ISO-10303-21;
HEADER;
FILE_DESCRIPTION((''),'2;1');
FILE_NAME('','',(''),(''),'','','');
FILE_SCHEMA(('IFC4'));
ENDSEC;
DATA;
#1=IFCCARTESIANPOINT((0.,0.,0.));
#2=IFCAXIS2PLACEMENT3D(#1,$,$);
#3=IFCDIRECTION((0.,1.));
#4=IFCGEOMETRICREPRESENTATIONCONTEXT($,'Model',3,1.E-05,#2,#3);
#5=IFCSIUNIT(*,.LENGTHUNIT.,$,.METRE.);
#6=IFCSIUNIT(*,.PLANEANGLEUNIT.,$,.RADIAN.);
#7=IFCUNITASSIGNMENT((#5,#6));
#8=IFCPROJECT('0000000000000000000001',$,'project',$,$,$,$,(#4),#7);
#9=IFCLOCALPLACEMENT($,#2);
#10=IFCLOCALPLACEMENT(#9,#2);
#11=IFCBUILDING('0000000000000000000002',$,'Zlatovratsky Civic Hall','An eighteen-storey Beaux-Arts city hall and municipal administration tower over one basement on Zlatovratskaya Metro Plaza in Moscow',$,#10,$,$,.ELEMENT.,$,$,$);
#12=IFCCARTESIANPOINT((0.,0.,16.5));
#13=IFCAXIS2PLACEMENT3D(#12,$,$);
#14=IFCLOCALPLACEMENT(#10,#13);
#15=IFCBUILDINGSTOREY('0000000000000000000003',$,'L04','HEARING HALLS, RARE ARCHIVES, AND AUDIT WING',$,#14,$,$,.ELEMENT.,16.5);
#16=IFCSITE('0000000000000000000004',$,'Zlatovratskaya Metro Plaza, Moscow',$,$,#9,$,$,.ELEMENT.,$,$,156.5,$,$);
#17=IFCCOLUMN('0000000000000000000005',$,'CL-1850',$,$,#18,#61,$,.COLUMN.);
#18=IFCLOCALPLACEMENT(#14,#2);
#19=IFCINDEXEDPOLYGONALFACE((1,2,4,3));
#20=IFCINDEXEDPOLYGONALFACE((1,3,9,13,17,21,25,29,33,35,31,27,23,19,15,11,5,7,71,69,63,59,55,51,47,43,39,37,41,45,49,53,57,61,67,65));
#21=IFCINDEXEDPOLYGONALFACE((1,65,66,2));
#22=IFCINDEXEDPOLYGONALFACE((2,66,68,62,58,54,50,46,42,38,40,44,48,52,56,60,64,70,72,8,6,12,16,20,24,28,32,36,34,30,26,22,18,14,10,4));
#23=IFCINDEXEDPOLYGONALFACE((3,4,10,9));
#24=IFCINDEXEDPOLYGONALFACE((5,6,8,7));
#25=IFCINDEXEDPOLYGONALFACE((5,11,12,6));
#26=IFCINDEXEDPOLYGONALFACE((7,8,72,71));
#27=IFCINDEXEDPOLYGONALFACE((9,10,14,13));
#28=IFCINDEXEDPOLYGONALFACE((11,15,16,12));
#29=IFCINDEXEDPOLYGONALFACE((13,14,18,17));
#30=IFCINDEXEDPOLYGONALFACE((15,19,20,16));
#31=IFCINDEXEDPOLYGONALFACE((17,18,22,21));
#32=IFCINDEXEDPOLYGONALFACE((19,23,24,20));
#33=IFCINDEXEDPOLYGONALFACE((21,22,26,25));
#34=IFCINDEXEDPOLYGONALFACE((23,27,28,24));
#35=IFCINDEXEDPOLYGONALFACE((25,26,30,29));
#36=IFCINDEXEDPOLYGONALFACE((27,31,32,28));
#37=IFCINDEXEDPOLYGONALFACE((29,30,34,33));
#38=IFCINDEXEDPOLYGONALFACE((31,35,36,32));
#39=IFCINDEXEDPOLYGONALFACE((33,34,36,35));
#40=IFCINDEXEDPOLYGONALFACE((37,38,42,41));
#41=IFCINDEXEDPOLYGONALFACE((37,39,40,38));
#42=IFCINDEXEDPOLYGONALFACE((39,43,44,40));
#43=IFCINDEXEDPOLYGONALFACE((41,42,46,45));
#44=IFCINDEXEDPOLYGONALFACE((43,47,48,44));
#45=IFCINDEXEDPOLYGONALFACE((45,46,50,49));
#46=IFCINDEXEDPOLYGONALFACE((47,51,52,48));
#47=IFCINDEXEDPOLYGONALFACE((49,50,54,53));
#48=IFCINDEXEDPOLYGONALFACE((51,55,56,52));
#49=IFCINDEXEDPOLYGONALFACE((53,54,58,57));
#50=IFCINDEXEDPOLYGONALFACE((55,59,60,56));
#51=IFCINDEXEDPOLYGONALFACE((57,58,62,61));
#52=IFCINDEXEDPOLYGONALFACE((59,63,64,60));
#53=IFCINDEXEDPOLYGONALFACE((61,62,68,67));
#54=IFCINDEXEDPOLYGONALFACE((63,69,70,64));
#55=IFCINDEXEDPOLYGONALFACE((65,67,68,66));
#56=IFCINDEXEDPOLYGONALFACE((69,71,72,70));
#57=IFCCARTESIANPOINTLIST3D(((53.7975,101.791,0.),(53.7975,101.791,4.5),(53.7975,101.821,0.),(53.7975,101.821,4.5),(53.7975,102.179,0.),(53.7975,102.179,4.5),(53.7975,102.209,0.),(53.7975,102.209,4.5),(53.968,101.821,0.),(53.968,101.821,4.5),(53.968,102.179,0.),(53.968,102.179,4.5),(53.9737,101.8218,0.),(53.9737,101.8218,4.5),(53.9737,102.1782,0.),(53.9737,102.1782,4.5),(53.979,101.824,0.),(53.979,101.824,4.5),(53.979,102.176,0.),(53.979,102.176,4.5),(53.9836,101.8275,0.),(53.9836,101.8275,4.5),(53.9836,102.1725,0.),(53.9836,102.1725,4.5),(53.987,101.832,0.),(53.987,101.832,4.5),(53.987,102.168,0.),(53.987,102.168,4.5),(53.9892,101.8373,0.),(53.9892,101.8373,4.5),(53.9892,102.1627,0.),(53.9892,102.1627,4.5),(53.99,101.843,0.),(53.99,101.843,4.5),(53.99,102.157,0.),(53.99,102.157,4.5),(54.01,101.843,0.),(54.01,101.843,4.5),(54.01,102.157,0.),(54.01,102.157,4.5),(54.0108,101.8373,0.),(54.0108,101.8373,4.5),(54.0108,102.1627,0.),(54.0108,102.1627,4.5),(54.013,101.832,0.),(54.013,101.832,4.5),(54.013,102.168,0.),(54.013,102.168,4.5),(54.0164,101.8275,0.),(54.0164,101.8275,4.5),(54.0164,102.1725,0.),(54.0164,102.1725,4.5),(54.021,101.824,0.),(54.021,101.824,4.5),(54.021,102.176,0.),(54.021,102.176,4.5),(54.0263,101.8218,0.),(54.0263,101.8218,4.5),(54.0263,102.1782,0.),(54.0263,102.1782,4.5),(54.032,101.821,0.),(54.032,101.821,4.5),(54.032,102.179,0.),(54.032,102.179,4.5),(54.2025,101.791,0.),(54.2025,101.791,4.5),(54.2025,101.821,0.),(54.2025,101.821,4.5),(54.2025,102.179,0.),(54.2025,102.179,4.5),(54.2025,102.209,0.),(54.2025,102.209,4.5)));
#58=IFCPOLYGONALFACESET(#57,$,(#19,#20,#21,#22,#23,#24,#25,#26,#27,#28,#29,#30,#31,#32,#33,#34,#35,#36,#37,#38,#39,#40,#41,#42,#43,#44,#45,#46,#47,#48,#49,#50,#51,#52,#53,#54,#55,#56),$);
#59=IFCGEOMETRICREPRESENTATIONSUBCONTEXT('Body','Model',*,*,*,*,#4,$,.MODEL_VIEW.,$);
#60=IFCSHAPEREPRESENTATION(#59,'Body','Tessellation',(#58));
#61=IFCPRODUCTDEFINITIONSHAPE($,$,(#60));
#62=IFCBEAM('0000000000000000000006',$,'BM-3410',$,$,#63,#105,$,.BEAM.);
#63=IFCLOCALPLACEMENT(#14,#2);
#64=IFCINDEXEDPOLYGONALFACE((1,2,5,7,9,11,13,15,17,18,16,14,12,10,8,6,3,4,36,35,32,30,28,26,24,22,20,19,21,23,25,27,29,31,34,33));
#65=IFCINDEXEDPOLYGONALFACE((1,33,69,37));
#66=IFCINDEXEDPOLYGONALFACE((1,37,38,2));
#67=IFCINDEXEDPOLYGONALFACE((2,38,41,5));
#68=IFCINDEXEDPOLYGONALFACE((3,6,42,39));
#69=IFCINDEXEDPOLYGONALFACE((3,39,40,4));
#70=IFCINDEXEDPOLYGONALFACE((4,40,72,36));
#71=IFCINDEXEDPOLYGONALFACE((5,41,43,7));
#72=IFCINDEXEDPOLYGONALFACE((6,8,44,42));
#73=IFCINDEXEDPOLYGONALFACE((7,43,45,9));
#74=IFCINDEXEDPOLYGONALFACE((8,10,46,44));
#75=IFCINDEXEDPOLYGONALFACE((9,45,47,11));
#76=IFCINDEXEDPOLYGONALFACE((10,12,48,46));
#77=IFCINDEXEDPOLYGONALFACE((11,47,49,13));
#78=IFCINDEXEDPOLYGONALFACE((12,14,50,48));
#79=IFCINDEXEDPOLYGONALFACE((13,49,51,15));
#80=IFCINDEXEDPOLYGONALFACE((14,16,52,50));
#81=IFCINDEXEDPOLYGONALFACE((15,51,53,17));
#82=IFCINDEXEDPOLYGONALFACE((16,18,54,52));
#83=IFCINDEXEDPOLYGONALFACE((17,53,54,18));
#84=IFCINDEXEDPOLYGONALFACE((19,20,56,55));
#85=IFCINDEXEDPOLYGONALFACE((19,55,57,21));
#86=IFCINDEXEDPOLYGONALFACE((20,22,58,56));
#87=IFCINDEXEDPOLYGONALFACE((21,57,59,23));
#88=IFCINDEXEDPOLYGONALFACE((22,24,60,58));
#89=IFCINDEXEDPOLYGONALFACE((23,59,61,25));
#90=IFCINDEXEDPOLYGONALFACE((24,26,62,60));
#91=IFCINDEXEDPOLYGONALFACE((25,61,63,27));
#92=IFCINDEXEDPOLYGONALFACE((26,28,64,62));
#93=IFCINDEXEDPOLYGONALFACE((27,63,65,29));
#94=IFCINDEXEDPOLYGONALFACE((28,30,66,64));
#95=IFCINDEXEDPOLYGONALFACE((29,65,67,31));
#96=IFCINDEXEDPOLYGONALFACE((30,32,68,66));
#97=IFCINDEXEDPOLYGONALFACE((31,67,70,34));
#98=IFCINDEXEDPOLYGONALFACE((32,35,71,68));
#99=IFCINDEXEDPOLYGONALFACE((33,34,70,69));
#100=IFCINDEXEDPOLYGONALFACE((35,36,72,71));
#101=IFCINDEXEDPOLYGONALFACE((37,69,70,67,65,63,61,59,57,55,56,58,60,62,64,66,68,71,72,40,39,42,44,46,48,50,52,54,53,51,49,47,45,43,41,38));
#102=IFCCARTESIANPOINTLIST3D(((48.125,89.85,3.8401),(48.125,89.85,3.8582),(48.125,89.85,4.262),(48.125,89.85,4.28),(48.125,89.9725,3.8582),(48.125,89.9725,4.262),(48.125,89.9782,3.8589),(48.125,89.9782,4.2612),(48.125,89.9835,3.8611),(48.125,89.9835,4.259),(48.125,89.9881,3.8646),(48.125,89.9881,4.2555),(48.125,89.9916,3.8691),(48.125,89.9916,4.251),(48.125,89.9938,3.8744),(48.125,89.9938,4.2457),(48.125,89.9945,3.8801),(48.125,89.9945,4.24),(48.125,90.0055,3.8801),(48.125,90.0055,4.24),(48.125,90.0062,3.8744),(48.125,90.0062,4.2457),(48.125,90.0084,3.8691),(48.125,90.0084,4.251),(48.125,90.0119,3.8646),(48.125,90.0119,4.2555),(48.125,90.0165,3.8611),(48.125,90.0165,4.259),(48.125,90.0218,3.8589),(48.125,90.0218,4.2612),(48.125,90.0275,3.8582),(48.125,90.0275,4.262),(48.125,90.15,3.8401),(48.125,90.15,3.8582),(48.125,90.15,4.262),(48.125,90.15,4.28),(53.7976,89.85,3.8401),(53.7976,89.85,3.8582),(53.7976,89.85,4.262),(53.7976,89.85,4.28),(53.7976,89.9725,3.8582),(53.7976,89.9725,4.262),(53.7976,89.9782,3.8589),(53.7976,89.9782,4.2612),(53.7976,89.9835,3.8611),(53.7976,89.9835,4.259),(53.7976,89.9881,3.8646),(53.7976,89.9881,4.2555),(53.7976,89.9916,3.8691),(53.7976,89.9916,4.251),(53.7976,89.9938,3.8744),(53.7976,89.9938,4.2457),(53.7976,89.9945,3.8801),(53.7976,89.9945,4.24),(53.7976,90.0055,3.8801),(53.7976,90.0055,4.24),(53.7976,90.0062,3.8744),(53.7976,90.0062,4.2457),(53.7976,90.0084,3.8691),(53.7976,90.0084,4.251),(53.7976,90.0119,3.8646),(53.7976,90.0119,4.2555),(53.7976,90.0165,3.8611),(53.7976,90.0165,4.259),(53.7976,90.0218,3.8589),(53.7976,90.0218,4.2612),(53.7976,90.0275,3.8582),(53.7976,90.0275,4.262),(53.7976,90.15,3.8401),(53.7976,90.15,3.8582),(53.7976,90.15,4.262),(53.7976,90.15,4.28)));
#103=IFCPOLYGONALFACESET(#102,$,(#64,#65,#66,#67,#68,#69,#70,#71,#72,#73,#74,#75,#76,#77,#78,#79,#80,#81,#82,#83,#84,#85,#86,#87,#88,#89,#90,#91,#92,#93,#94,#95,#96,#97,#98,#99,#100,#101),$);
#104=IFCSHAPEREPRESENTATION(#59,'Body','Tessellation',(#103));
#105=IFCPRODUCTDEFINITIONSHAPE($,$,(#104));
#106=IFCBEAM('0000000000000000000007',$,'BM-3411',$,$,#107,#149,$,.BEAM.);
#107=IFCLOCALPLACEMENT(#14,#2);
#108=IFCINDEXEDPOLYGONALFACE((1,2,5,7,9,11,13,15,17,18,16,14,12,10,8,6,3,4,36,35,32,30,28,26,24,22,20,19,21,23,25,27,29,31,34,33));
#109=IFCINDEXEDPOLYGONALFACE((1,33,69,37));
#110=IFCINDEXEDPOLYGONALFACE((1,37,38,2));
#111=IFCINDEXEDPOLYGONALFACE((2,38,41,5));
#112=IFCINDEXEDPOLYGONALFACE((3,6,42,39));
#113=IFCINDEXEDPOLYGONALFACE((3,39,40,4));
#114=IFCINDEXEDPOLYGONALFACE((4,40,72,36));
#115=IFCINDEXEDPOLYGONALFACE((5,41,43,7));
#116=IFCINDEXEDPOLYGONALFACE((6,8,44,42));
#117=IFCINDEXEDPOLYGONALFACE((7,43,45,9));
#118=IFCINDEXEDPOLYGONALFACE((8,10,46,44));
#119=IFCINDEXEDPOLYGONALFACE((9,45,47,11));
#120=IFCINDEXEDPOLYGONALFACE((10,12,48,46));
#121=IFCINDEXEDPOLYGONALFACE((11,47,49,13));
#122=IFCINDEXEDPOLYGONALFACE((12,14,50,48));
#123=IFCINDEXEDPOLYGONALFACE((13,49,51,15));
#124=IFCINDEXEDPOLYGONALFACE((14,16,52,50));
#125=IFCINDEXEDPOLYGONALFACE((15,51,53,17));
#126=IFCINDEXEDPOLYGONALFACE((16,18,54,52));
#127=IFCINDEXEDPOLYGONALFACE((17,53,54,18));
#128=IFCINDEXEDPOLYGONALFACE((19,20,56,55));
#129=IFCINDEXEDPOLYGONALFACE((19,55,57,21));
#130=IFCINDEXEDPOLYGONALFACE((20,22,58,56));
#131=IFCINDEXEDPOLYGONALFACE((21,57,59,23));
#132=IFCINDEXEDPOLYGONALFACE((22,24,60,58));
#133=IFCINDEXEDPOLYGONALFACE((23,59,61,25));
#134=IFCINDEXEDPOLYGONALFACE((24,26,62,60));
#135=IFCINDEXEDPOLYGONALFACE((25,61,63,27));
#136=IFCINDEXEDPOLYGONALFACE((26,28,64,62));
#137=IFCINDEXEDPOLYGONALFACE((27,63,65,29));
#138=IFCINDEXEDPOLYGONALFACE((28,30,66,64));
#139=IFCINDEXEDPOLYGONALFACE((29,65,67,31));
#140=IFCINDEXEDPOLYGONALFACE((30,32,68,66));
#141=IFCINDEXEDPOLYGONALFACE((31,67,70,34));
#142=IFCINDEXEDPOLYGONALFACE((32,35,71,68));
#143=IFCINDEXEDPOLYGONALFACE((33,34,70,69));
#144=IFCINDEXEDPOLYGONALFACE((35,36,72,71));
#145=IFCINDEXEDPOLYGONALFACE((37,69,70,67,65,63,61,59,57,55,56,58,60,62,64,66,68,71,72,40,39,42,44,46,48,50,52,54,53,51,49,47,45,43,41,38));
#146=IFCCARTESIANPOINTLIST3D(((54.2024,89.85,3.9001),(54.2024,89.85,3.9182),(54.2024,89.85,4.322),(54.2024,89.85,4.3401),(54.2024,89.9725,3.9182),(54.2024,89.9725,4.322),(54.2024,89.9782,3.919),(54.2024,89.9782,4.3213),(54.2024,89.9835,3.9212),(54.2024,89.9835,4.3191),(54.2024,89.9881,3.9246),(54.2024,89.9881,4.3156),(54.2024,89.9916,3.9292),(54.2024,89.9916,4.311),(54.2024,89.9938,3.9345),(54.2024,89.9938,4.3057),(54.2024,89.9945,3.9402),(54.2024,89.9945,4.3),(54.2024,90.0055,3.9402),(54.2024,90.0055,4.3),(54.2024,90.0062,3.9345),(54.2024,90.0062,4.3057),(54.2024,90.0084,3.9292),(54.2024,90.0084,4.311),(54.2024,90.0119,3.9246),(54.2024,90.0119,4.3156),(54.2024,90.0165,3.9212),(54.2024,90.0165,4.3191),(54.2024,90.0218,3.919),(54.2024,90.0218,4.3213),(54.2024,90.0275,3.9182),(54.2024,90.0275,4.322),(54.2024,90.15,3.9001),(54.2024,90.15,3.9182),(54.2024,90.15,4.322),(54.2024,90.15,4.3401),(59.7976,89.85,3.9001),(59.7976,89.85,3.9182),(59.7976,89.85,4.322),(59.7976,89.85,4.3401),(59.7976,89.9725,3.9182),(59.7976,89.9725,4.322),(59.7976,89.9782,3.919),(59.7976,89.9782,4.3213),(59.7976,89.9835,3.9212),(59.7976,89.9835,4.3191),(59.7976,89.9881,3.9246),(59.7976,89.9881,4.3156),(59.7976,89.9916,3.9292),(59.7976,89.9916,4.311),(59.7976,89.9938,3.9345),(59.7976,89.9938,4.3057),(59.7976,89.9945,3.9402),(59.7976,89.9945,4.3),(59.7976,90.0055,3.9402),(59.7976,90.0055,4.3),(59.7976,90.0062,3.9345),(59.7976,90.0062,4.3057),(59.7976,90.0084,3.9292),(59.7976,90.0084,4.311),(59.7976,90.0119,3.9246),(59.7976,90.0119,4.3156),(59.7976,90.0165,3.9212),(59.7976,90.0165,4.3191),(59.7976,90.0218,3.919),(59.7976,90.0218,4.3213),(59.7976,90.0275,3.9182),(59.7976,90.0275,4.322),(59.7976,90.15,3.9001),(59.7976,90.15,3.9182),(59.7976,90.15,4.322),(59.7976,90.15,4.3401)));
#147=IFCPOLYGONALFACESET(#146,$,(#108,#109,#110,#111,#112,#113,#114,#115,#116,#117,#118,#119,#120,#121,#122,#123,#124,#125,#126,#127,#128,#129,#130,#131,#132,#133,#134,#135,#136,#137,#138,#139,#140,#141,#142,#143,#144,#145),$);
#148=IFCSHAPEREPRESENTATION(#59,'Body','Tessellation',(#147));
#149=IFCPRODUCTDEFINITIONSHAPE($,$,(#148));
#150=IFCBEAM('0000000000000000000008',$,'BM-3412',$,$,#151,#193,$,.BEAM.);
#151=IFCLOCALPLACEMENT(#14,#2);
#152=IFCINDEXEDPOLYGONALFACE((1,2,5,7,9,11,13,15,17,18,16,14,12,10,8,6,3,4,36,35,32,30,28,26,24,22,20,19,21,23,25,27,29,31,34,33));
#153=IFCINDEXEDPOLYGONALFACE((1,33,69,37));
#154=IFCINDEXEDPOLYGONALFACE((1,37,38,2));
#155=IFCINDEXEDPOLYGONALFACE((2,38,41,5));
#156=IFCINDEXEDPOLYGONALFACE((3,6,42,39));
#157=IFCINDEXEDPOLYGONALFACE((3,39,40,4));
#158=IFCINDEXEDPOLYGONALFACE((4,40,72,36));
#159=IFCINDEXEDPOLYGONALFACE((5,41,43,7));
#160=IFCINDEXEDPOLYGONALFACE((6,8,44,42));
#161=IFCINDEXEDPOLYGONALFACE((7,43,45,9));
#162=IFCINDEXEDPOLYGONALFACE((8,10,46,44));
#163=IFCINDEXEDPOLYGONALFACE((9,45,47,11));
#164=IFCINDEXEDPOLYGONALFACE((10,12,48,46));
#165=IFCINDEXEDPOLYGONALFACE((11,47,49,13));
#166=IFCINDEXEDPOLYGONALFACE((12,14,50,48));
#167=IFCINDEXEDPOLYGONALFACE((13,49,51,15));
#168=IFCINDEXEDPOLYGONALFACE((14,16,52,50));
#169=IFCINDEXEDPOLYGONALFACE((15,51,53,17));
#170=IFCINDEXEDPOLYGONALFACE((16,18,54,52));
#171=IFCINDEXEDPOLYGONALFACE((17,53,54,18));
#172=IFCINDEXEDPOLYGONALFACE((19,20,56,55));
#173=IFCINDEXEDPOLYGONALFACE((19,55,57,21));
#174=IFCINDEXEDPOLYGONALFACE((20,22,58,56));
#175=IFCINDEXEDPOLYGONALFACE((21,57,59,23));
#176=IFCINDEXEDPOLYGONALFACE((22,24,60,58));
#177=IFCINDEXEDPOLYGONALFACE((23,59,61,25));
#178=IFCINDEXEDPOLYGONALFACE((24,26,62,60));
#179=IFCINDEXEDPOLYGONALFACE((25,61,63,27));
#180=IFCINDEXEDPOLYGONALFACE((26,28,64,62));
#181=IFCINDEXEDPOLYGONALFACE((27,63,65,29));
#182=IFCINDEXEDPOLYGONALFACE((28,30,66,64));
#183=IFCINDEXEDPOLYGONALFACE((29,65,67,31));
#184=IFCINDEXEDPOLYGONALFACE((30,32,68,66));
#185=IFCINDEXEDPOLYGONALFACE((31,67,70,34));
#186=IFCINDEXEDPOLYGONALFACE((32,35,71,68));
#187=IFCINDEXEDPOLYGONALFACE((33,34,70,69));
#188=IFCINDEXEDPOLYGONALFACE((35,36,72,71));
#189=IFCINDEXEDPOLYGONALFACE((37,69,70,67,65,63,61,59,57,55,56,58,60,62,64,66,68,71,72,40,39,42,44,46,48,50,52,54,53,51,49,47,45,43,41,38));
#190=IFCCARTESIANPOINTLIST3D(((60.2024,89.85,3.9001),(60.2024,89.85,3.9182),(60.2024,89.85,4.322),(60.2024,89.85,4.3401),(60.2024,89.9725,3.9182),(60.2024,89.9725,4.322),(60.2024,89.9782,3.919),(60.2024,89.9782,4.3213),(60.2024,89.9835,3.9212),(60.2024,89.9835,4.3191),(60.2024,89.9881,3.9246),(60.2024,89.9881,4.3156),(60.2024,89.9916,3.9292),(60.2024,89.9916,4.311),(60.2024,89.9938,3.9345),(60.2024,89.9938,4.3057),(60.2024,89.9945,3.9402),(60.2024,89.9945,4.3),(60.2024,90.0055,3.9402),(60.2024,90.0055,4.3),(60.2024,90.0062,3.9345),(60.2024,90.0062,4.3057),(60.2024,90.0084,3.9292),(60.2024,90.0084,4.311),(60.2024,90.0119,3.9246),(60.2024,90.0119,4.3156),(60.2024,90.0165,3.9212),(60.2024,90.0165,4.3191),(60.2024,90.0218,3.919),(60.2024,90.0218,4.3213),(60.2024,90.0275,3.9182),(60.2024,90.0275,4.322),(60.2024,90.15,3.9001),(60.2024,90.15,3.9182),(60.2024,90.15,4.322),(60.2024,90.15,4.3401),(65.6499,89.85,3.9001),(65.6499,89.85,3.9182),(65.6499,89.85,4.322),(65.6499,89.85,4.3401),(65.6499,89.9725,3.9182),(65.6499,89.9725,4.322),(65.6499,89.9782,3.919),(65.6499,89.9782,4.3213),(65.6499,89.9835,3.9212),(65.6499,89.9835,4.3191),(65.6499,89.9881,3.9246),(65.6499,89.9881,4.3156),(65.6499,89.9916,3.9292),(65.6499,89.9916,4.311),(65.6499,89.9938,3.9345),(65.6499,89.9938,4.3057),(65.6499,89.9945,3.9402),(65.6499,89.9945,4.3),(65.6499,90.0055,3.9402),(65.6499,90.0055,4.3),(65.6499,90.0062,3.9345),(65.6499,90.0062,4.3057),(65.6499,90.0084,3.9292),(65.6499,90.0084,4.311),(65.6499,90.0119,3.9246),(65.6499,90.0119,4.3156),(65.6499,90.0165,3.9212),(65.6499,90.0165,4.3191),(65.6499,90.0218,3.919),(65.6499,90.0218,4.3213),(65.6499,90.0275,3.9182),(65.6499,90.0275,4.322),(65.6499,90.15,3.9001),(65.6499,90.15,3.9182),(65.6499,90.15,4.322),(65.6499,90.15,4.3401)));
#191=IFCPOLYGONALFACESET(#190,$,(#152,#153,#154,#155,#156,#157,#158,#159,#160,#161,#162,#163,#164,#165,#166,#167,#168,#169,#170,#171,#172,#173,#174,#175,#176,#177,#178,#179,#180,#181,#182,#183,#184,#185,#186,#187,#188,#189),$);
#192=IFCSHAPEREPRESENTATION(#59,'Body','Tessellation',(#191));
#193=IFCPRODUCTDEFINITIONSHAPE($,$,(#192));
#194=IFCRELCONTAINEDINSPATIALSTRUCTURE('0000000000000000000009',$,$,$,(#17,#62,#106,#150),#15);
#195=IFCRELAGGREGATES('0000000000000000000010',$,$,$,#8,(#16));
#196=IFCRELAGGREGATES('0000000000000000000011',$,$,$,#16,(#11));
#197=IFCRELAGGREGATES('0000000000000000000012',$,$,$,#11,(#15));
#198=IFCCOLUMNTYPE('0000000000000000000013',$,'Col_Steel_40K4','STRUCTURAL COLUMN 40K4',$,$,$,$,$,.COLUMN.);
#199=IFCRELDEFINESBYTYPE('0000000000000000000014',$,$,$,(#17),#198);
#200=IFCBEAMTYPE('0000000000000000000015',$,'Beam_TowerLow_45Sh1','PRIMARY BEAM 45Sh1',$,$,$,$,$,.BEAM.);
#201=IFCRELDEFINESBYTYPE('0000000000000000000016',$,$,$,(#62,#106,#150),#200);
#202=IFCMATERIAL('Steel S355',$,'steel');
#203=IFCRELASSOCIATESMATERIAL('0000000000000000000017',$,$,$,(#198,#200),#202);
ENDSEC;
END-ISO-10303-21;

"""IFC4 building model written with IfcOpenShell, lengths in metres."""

from ifc_helpers import new_model, si_unit, direction, frame, origin, origin_2d, place, context, subcontext, project, spatial, i_section, extrude, material, material_profile, profile_set, type_object, element, save


model = new_model("IFC4")

# Units and contexts
model_context = context("Model", 3, precision=1e-05, world=origin(), true_north=direction((0.0, 1.0)))
body_context = subcontext(model_context, "Body", "Model", "MODEL_VIEW")
ifc_project = project(units=[si_unit("LENGTHUNIT", "METRE"), si_unit("PLANEANGLEUNIT", "RADIAN")], contexts=[model_context])

# Site, building, storey
site_placement = place(None, origin())
site = spatial("IfcSite", under=ifc_project, at=site_placement, Name="Zlatovratskaya Metro Plaza, Moscow", CompositionType="ELEMENT", RefElevation=156.5)
building_placement = place(site_placement, origin())
building = spatial("IfcBuilding", under=site, at=building_placement, Name="Zlatovratsky Civic Hall", Description="An eighteen-storey Beaux-Arts city hall and municipal administration tower over one basement on Zlatovratskaya Metro Plaza in Moscow", CompositionType="ELEMENT")
storey_placement = place(building_placement, frame((0.0, 0.0, 16.5)))
storey = spatial("IfcBuildingStorey", under=building, at=storey_placement, Name="L04", Description="HEARING HALLS, RARE ARCHIVES, AND AUDIT WING", CompositionType="ELEMENT", Elevation=16.5)

# Column
ifc_material_1 = material(Name="Steel S355", Category="steel")
ifc_material_profile_1 = material_profile(ifc_material_1, i_section(OverallWidth=0.405, OverallDepth=0.418, WebThickness=0.02, FlangeThickness=0.03, FilletRadius=0.022, at=origin_2d()), Name="40K4")
ifc_profile_set_1 = profile_set([ifc_material_profile_1], Name="Steel S355")
column_type_1 = type_object("IfcColumnType", Name="Col_Steel_40K4", Description="STRUCTURAL COLUMN 40K4", PredefinedType="COLUMN", material=ifc_profile_set_1)
for number, where, z_axis, x_axis, name in (
    (1, (54.0, 102.0, 0.0), (0.0, 0.0, 1.0), (1.0, 0.0, 0.0), "CL-1850"),
):
    element("IfcColumn", number, at=place(storey_placement, frame(where, z_axis=z_axis, x_axis=x_axis)), inside=storey, type_object=column_type_1, Name=name, PredefinedType="COLUMN", context=body_context, shape_type="SweptSolid", body=[
        extrude(i_section(OverallWidth=0.405, OverallDepth=0.418, WebThickness=0.02, FlangeThickness=0.03, FilletRadius=0.022, at=origin_2d()), origin(), (0.0, 0.0, 1.0), 4.5),
    ])

# Beams
ifc_material_profile_2 = material_profile(ifc_material_1, i_section(OverallWidth=0.3, OverallDepth=0.4399, WebThickness=0.011, FlangeThickness=0.0181, FilletRadius=0.022, at=origin_2d()), Name="45Sh1")
ifc_profile_set_2 = profile_set([ifc_material_profile_2], Name="Steel S355")
beam_type_1 = type_object("IfcBeamType", Name="Beam_TowerLow_45Sh1", Description="PRIMARY BEAM 45Sh1", PredefinedType="BEAM", material=ifc_profile_set_2)
beam_1_placement = place(storey_placement, frame((48.125, 90.0, 4.0601), z_axis=(1.0, 0.0, 0.0), x_axis=(0.0, 1.0, 0.0)))
element("IfcBeam", 2, at=beam_1_placement, inside=storey, type_object=beam_type_1, Name="BM-3410", PredefinedType="BEAM", context=body_context, shape_type="SweptSolid", body=[
    extrude(i_section(OverallWidth=0.3, OverallDepth=0.4399, WebThickness=0.011, FlangeThickness=0.0181, FilletRadius=0.022, at=origin_2d()), origin(), (0.0, 0.0, 1.0), 5.6726),
])
beam_2_placement = place(storey_placement, frame((54.2024, 90.0, 4.1201), z_axis=(1.0, 0.0, 0.0), x_axis=(0.0, 1.0, 0.0)))
element("IfcBeam", 3, at=beam_2_placement, inside=storey, type_object=beam_type_1, Name="BM-3411", PredefinedType="BEAM", context=body_context, shape_type="SweptSolid", body=[
    extrude(i_section(OverallWidth=0.3, OverallDepth=0.4399, WebThickness=0.011, FlangeThickness=0.0181, FilletRadius=0.022, at=origin_2d()), origin(), (0.0, 0.0, 1.0), 5.5952),
])
beam_3_placement = place(storey_placement, frame((60.2024, 90.0, 4.1201), z_axis=(1.0, 0.0, 0.0), x_axis=(0.0, 1.0, 0.0)))
element("IfcBeam", 4, at=beam_3_placement, inside=storey, type_object=beam_type_1, Name="BM-3412", PredefinedType="BEAM", context=body_context, shape_type="SweptSolid", body=[
    extrude(i_section(OverallWidth=0.3, OverallDepth=0.4399, WebThickness=0.011, FlangeThickness=0.0181, FilletRadius=0.022, at=origin_2d()), origin(), (0.0, 0.0, 1.0), 5.4475),
])

save(model, "model.ifc")
